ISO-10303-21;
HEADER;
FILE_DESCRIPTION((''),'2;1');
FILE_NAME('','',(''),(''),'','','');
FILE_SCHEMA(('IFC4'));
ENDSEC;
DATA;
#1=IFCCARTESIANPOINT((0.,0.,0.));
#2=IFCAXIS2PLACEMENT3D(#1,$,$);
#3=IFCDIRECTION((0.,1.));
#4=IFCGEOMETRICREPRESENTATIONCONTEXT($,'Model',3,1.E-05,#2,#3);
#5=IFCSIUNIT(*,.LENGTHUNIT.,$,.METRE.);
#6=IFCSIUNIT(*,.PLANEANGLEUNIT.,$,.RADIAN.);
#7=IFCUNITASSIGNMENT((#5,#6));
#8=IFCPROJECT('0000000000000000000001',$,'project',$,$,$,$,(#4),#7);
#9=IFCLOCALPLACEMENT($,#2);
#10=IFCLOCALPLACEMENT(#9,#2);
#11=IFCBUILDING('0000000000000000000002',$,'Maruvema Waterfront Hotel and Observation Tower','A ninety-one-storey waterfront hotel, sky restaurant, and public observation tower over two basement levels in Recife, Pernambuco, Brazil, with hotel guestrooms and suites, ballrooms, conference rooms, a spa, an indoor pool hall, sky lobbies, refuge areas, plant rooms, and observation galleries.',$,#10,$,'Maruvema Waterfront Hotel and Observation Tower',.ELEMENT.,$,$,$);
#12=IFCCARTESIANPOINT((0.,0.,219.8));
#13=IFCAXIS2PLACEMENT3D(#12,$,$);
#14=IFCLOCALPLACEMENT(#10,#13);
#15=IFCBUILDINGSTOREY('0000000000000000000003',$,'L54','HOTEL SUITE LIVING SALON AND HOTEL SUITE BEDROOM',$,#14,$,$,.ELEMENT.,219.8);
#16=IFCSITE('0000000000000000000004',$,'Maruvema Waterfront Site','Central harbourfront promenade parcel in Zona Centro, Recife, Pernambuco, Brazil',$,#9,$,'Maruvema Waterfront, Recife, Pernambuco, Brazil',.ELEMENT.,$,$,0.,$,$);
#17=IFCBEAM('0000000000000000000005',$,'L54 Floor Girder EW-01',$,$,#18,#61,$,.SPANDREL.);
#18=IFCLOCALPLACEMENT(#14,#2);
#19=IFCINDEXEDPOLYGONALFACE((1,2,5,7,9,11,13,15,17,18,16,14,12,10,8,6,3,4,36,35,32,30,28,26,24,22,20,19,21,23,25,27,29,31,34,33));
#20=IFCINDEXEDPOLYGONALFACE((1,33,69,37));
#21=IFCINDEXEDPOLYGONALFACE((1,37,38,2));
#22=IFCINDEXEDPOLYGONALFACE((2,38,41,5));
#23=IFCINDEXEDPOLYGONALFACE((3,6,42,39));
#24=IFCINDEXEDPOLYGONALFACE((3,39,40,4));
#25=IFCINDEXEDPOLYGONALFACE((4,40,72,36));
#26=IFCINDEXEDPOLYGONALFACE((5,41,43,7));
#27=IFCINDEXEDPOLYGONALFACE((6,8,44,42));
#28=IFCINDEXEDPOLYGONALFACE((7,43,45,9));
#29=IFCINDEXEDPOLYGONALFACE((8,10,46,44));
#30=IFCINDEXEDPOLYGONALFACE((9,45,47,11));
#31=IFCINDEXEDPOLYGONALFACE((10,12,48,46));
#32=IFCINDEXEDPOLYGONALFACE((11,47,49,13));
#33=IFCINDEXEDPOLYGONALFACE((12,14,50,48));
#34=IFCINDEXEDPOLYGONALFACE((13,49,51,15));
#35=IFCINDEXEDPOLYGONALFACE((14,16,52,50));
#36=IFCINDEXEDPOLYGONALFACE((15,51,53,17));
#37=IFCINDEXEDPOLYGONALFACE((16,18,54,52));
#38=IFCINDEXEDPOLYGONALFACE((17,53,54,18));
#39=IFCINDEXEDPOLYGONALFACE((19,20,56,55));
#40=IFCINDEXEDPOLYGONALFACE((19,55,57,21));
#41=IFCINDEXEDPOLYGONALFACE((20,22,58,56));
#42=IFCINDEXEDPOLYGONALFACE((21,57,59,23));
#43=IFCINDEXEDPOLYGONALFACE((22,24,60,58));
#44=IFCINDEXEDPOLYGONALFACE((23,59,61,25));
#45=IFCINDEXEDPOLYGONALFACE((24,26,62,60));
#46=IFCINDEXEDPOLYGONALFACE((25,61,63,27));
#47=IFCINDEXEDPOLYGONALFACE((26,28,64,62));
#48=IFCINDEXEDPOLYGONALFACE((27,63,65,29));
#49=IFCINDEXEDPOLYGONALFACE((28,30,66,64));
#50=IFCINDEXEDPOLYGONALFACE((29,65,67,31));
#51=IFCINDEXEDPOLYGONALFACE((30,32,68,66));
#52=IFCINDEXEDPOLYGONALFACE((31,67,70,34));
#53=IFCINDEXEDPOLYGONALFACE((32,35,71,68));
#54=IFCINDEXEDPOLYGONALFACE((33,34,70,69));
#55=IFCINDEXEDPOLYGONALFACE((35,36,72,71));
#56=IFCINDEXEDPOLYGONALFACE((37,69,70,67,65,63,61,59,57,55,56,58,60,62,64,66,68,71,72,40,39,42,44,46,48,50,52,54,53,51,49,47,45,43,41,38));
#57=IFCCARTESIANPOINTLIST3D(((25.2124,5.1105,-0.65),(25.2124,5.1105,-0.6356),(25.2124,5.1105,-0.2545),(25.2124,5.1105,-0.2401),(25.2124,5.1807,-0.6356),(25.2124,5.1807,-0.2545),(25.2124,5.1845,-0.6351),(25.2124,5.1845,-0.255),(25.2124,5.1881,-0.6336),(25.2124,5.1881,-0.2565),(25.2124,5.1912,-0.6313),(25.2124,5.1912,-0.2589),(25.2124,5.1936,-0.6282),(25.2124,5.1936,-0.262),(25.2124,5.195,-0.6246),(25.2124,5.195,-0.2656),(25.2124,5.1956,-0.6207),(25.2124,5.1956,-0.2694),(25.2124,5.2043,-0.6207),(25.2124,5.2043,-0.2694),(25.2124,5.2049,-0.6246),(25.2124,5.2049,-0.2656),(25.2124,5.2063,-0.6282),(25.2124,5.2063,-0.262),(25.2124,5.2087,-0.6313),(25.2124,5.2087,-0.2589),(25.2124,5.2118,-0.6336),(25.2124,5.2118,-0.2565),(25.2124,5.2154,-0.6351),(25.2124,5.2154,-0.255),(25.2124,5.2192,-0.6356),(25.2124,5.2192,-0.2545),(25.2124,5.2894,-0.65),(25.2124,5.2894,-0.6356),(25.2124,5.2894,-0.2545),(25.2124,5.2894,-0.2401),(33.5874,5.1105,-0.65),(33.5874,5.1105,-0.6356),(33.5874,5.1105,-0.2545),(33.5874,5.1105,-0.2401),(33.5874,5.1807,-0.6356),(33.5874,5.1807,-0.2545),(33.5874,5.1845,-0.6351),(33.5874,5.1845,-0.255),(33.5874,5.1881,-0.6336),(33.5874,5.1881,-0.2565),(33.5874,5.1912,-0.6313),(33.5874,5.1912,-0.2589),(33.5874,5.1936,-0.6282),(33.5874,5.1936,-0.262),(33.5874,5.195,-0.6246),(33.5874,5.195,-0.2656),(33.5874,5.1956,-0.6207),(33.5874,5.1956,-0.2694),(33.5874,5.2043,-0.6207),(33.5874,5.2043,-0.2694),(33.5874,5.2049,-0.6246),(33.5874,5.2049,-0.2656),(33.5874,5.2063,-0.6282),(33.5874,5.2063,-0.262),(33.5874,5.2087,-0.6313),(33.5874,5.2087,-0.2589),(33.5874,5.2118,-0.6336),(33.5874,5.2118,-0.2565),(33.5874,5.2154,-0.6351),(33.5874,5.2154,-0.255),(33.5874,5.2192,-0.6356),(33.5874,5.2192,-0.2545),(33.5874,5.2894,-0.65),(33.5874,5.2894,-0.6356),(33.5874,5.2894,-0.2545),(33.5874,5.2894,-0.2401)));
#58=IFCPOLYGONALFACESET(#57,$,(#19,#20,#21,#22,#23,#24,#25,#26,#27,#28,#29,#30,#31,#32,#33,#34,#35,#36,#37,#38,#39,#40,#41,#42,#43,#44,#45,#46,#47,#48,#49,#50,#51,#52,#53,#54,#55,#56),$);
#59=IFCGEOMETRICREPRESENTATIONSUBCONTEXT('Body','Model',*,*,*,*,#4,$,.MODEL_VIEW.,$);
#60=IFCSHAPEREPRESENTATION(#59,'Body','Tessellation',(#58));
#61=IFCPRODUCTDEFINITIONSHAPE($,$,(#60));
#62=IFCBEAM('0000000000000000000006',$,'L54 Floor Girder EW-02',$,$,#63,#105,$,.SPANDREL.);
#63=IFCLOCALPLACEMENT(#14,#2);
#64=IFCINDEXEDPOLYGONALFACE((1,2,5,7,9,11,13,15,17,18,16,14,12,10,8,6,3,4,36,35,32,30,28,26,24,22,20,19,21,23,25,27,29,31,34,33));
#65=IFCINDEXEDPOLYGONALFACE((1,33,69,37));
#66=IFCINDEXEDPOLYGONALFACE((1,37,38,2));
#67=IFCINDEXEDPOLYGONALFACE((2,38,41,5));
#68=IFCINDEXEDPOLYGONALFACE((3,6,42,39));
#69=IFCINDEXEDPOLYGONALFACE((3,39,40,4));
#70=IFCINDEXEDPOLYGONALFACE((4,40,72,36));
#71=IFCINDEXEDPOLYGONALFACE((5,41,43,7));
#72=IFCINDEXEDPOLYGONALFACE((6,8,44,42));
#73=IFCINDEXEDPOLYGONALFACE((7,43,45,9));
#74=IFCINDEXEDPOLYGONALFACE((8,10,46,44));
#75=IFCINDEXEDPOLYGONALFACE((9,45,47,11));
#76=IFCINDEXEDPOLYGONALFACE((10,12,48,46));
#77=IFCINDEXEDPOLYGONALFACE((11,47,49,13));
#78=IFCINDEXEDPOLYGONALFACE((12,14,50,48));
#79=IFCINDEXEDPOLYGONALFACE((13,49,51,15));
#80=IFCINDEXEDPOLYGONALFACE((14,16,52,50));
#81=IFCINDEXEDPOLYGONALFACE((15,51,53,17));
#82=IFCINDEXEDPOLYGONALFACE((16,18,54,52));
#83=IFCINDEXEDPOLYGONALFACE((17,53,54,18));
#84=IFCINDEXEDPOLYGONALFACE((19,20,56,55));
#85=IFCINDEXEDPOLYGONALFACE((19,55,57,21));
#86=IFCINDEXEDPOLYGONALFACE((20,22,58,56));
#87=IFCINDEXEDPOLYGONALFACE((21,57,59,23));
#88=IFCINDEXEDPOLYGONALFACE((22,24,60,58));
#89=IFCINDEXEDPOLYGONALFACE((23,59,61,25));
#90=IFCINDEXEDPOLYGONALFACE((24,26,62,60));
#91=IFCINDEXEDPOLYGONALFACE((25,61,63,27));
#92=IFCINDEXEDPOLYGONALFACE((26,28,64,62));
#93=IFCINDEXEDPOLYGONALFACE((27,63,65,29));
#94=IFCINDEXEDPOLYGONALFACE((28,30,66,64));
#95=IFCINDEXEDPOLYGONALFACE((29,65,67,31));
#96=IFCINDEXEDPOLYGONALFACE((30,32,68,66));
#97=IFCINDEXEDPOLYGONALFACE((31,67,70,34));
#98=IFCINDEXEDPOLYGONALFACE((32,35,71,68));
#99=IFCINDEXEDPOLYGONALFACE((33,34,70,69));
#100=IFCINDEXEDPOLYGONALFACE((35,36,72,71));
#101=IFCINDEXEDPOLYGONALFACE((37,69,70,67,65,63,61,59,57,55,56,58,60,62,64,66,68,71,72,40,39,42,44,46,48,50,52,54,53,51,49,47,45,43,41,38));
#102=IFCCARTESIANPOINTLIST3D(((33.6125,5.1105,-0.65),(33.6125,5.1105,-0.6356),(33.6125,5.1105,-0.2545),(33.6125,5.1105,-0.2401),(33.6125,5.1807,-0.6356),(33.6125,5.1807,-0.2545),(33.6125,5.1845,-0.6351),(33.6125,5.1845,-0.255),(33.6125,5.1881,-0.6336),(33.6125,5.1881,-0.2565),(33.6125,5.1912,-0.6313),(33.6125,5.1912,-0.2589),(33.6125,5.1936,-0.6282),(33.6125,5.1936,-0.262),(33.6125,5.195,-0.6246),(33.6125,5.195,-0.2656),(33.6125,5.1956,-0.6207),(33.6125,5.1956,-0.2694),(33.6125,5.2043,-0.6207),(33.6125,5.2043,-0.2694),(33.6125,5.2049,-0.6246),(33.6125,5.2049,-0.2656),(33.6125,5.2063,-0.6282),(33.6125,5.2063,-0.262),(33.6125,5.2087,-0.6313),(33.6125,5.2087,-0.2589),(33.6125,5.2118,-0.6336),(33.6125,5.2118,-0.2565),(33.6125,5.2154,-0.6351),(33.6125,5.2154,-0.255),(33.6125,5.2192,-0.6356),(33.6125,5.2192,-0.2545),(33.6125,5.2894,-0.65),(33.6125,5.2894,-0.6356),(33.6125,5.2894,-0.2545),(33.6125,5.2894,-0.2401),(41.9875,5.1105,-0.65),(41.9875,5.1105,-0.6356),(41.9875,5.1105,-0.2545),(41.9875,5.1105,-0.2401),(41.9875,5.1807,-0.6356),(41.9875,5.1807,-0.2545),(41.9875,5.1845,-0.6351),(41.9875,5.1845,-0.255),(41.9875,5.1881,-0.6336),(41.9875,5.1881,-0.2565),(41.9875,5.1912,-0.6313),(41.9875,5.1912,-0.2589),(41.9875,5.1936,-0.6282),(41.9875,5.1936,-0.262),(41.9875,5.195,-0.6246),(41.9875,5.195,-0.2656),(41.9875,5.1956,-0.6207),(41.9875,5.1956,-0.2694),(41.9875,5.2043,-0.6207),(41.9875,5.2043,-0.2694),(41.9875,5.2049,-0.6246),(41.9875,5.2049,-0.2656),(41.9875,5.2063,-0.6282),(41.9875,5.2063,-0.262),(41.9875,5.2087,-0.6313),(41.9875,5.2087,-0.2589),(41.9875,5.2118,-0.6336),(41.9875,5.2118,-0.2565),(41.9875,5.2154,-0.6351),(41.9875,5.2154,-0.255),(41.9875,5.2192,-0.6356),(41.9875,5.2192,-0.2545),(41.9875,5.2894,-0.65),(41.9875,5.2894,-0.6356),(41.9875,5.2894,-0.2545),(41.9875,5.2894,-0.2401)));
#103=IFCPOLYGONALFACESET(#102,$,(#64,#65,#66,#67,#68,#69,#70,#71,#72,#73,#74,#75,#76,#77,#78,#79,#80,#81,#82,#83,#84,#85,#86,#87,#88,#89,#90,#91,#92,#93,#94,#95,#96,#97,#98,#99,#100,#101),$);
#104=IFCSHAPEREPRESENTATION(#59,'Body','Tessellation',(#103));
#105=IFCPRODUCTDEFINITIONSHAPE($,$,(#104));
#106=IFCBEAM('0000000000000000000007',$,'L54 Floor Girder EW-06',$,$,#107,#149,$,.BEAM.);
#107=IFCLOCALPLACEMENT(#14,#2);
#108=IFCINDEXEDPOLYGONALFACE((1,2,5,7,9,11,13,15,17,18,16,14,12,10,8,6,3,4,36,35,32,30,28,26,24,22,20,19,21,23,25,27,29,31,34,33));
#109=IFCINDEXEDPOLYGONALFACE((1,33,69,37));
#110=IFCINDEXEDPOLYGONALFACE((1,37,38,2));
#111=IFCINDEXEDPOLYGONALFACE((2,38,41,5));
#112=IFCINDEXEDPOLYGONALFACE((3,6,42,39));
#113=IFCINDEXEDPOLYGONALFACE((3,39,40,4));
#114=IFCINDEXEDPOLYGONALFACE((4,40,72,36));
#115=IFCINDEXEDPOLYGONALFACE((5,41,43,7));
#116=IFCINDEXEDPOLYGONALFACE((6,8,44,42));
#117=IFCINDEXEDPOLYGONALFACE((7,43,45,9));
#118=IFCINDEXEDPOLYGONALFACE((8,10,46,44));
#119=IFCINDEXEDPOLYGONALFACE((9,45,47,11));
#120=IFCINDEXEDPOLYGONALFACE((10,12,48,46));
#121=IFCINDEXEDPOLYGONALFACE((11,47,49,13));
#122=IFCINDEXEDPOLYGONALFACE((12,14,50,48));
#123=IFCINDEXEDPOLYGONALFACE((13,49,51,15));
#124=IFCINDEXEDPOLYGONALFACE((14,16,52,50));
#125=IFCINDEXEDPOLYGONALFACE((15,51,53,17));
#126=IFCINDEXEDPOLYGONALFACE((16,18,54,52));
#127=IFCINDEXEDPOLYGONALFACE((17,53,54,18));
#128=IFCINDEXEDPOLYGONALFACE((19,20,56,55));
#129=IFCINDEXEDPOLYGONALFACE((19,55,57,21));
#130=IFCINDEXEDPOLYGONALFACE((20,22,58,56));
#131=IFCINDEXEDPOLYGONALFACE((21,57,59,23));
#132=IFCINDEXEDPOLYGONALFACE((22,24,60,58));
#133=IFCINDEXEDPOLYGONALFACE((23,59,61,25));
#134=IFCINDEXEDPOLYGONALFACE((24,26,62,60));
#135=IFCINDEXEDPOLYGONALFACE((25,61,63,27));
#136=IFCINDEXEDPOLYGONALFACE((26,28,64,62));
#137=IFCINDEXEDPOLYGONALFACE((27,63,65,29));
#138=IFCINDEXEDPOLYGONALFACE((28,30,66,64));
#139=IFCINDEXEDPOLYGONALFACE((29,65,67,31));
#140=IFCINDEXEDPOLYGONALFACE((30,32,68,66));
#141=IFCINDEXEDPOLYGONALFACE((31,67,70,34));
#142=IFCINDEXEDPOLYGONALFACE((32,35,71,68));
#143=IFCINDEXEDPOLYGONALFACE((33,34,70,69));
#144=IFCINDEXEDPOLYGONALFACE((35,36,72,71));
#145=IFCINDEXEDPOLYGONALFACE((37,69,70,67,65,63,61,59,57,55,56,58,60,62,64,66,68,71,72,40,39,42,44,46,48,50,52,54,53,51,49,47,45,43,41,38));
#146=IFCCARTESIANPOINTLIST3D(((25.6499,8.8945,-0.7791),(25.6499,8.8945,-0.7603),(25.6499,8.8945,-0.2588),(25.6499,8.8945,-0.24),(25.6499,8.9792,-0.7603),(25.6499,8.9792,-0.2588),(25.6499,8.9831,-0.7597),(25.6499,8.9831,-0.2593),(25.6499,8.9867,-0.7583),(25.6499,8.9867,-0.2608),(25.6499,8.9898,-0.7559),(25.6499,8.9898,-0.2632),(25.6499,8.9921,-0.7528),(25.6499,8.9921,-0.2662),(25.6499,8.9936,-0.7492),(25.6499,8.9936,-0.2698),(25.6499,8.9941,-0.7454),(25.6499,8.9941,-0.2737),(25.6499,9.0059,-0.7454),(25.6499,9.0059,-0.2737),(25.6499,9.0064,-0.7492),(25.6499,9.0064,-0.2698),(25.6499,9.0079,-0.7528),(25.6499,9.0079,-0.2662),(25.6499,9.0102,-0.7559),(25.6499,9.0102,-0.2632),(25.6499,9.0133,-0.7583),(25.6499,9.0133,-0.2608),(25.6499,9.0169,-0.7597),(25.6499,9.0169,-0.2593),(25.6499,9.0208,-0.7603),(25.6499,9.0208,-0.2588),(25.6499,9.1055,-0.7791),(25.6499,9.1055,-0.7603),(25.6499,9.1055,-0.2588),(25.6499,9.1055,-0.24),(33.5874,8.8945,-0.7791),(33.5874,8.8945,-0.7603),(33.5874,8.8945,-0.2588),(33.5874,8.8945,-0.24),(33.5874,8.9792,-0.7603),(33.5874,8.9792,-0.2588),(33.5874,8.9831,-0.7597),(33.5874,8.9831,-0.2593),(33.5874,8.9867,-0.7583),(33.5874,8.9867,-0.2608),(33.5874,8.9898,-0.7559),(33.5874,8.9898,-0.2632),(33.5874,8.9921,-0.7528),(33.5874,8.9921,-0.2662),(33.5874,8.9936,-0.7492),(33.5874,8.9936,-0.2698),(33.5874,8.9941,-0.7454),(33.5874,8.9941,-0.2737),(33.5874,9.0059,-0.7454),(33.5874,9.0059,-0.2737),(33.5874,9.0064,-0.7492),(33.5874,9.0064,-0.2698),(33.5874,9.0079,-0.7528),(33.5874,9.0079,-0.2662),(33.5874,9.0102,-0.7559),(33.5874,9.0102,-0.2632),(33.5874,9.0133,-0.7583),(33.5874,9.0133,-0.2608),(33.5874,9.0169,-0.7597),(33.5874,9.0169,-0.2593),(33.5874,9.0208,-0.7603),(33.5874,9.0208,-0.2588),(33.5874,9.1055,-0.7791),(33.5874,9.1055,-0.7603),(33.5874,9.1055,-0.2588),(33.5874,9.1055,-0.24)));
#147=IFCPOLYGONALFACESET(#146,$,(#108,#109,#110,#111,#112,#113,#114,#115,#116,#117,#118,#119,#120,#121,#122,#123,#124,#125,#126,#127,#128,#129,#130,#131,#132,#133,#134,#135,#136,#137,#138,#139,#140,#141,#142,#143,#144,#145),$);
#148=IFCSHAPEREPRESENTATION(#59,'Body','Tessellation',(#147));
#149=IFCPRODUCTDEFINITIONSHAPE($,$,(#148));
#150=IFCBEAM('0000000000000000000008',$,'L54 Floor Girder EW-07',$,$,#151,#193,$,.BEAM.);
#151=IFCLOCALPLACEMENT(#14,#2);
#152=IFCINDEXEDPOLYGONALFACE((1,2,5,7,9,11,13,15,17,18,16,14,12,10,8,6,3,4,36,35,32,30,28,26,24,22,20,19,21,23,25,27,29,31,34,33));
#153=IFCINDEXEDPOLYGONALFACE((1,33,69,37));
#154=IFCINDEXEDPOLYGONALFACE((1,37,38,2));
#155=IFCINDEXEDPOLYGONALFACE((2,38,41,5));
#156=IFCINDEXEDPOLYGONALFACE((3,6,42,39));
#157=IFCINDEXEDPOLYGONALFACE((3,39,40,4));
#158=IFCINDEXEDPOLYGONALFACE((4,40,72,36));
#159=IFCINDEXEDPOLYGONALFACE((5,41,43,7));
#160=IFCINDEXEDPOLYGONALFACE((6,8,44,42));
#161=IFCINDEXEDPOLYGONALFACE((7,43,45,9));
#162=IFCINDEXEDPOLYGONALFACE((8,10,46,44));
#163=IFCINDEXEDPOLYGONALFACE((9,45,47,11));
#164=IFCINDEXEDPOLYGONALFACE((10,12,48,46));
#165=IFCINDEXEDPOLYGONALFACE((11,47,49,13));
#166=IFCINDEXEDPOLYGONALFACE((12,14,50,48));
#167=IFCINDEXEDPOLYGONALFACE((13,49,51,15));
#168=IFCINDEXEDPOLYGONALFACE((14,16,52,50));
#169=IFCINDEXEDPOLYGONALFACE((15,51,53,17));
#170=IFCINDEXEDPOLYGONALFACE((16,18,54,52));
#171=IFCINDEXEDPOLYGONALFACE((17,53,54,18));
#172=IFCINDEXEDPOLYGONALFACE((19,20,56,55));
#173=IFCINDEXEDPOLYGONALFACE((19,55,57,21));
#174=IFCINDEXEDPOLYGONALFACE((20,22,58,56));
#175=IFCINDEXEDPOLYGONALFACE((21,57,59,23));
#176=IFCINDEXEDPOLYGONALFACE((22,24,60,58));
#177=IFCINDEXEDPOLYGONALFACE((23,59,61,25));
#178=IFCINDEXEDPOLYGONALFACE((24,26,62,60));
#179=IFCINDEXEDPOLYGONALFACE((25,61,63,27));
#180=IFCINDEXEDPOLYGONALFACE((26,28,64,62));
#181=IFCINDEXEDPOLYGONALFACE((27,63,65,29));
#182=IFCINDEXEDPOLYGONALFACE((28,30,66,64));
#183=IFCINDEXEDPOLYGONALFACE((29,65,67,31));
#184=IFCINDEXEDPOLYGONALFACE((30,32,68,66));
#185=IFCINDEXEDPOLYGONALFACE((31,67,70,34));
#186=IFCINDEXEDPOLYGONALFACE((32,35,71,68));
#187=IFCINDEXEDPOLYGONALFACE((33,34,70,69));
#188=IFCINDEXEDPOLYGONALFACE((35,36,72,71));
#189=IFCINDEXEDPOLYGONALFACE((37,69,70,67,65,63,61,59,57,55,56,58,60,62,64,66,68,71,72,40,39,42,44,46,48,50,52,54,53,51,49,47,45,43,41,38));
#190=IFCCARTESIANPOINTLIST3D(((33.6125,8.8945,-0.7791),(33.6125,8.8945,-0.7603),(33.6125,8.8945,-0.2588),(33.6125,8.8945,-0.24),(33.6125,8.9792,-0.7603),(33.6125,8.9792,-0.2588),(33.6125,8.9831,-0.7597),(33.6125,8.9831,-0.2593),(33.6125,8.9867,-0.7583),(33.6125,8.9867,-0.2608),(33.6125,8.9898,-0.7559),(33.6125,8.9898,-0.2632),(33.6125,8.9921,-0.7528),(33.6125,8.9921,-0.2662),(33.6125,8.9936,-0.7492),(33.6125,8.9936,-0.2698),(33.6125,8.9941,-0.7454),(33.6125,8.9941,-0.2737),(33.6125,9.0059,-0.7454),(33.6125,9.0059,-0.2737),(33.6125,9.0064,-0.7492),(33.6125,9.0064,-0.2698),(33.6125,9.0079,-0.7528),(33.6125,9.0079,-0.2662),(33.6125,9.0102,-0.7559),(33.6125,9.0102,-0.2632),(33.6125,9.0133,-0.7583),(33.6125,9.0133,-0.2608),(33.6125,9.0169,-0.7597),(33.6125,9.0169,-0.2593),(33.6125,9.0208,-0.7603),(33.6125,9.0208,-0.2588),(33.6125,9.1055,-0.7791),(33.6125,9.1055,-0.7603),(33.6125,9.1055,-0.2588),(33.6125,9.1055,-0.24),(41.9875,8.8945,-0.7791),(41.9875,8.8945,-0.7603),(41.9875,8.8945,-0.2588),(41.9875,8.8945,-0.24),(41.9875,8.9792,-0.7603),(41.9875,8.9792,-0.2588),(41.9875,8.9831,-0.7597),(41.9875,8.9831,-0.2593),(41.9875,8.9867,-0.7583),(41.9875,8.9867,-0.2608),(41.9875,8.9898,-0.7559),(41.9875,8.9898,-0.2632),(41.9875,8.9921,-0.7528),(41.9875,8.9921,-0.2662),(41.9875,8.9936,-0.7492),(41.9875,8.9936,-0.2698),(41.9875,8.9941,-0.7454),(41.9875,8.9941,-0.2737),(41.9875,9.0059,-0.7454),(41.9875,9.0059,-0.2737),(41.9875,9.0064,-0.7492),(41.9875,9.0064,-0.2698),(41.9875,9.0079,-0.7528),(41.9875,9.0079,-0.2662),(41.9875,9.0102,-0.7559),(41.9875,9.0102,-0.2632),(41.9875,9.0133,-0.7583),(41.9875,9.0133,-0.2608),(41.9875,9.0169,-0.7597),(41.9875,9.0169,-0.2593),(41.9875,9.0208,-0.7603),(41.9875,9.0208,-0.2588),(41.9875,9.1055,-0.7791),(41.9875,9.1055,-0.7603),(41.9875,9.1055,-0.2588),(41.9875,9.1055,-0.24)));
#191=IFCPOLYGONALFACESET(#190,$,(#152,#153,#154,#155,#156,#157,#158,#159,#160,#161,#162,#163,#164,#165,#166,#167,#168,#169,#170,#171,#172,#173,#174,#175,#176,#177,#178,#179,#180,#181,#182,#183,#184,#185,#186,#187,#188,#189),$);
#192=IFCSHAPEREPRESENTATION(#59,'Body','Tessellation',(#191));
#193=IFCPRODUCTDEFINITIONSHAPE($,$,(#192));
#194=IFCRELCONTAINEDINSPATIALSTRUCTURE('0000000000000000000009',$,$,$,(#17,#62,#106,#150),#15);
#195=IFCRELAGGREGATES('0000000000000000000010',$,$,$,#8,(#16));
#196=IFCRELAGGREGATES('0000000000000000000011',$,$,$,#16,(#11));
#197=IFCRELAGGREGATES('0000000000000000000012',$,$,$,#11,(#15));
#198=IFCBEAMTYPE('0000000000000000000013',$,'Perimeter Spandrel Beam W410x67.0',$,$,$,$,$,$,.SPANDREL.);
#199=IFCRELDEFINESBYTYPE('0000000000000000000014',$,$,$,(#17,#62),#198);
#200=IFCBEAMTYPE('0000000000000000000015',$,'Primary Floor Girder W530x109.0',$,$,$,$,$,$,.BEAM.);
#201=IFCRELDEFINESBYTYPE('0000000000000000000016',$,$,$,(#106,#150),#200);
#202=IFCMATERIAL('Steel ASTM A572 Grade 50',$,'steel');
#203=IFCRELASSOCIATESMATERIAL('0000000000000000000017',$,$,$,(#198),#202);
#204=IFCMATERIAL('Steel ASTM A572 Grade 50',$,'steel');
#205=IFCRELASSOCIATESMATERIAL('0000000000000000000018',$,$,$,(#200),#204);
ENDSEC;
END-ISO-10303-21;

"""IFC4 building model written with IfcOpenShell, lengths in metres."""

from ifc_helpers import new_model, si_unit, direction, frame, origin, origin_2d, place, context, subcontext, project, spatial, i_section, extrude, material, material_profile, profile_set, type_object, element, save


model = new_model("IFC4")

# Units and contexts
model_context = context("Model", 3, precision=1e-05, world=origin(), true_north=direction((0.0, 1.0)))
body_context = subcontext(model_context, "Body", "Model", "MODEL_VIEW")
ifc_project = project(units=[si_unit("LENGTHUNIT", "METRE"), si_unit("PLANEANGLEUNIT", "RADIAN")], contexts=[model_context])

# Site, building, storey
site_placement = place(None, origin())
site = spatial("IfcSite", under=ifc_project, at=site_placement, Name="Maruvema Waterfront Site", Description="Central harbourfront promenade parcel in Zona Centro, Recife, Pernambuco, Brazil", LongName="Maruvema Waterfront, Recife, Pernambuco, Brazil", CompositionType="ELEMENT", RefElevation=0.0)
building_placement = place(site_placement, origin())
building = spatial("IfcBuilding", under=site, at=building_placement, Name="Maruvema Waterfront Hotel and Observation Tower", Description="A ninety-one-storey waterfront hotel, sky restaurant, and public observation tower over two basement levels in Recife, Pernambuco, Brazil, with hotel guestrooms and suites, ballrooms, conference rooms, a spa, an indoor pool hall, sky lobbies, refuge areas, plant rooms, and observation galleries.", LongName="Maruvema Waterfront Hotel and Observation Tower", CompositionType="ELEMENT")
storey_placement = place(building_placement, frame((0.0, 0.0, 219.8)))
storey = spatial("IfcBuildingStorey", under=building, at=storey_placement, Name="L54", Description="HOTEL SUITE LIVING SALON AND HOTEL SUITE BEDROOM", CompositionType="ELEMENT", Elevation=219.8)

# Beams
ifc_material_1 = material(Name="Steel ASTM A572 Grade 50", Category="steel")
ifc_material_profile_1 = material_profile(ifc_material_1, i_section(OverallWidth=0.179, OverallDepth=0.4099, WebThickness=0.0088, FlangeThickness=0.0144, FilletRadius=0.0149, at=origin_2d()), Name="W410x67.0")
ifc_profile_set_1 = profile_set([ifc_material_profile_1], Name="Steel ASTM A572 Grade 50")
beam_type_1 = type_object("IfcBeamType", Name="Perimeter Spandrel Beam W410x67.0", PredefinedType="SPANDREL", material=ifc_profile_set_1)
for number, where, z_axis, x_axis, name in (
    (1, (25.2124, 5.2, -0.4451), (1.0, 0.0, 0.0), (0.0, 1.0, 0.0), "L54 Floor Girder EW-01"),
    (2, (33.6125, 5.2, -0.4451), (1.0, 0.0, 0.0), (0.0, 1.0, 0.0), "L54 Floor Girder EW-02"),
):
    element("IfcBeam", number, at=place(storey_placement, frame(where, z_axis=z_axis, x_axis=x_axis)), inside=storey, type_object=beam_type_1, Name=name, PredefinedType="SPANDREL", context=body_context, shape_type="SweptSolid", body=[
        extrude(i_section(OverallWidth=0.179, OverallDepth=0.4099, WebThickness=0.0088, FlangeThickness=0.0144, FilletRadius=0.0149, at=origin_2d()), origin(), (0.0, 0.0, 1.0), 8.375),
    ])
ifc_material_2 = material(Name="Steel ASTM A572 Grade 50", Category="steel")
ifc_material_profile_2 = material_profile(ifc_material_2, i_section(OverallWidth=0.2109, OverallDepth=0.5391, WebThickness=0.0117, FlangeThickness=0.0188, FilletRadius=0.0149, at=origin_2d()), Name="W530x109.0")
ifc_profile_set_2 = profile_set([ifc_material_profile_2], Name="Steel ASTM A572 Grade 50")
beam_type_2 = type_object("IfcBeamType", Name="Primary Floor Girder W530x109.0", PredefinedType="BEAM", material=ifc_profile_set_2)
beam_1_placement = place(storey_placement, frame((25.6499, 9.0, -0.5095), z_axis=(1.0, 0.0, 0.0), x_axis=(0.0, 1.0, 0.0)))
element("IfcBeam", 3, at=beam_1_placement, inside=storey, type_object=beam_type_2, Name="L54 Floor Girder EW-06", PredefinedType="BEAM", context=body_context, shape_type="SweptSolid", body=[
    extrude(i_section(OverallWidth=0.2109, OverallDepth=0.5391, WebThickness=0.0117, FlangeThickness=0.0188, FilletRadius=0.0149, at=origin_2d()), origin(), (0.0, 0.0, 1.0), 7.9375),
])
beam_2_placement = place(storey_placement, frame((33.6125, 9.0, -0.5095), z_axis=(1.0, 0.0, 0.0), x_axis=(0.0, 1.0, 0.0)))
element("IfcBeam", 4, at=beam_2_placement, inside=storey, type_object=beam_type_2, Name="L54 Floor Girder EW-07", PredefinedType="BEAM", context=body_context, shape_type="SweptSolid", body=[
    extrude(i_section(OverallWidth=0.2109, OverallDepth=0.5391, WebThickness=0.0117, FlangeThickness=0.0188, FilletRadius=0.0149, at=origin_2d()), origin(), (0.0, 0.0, 1.0), 8.375),
])

save(model, "model.ifc")
